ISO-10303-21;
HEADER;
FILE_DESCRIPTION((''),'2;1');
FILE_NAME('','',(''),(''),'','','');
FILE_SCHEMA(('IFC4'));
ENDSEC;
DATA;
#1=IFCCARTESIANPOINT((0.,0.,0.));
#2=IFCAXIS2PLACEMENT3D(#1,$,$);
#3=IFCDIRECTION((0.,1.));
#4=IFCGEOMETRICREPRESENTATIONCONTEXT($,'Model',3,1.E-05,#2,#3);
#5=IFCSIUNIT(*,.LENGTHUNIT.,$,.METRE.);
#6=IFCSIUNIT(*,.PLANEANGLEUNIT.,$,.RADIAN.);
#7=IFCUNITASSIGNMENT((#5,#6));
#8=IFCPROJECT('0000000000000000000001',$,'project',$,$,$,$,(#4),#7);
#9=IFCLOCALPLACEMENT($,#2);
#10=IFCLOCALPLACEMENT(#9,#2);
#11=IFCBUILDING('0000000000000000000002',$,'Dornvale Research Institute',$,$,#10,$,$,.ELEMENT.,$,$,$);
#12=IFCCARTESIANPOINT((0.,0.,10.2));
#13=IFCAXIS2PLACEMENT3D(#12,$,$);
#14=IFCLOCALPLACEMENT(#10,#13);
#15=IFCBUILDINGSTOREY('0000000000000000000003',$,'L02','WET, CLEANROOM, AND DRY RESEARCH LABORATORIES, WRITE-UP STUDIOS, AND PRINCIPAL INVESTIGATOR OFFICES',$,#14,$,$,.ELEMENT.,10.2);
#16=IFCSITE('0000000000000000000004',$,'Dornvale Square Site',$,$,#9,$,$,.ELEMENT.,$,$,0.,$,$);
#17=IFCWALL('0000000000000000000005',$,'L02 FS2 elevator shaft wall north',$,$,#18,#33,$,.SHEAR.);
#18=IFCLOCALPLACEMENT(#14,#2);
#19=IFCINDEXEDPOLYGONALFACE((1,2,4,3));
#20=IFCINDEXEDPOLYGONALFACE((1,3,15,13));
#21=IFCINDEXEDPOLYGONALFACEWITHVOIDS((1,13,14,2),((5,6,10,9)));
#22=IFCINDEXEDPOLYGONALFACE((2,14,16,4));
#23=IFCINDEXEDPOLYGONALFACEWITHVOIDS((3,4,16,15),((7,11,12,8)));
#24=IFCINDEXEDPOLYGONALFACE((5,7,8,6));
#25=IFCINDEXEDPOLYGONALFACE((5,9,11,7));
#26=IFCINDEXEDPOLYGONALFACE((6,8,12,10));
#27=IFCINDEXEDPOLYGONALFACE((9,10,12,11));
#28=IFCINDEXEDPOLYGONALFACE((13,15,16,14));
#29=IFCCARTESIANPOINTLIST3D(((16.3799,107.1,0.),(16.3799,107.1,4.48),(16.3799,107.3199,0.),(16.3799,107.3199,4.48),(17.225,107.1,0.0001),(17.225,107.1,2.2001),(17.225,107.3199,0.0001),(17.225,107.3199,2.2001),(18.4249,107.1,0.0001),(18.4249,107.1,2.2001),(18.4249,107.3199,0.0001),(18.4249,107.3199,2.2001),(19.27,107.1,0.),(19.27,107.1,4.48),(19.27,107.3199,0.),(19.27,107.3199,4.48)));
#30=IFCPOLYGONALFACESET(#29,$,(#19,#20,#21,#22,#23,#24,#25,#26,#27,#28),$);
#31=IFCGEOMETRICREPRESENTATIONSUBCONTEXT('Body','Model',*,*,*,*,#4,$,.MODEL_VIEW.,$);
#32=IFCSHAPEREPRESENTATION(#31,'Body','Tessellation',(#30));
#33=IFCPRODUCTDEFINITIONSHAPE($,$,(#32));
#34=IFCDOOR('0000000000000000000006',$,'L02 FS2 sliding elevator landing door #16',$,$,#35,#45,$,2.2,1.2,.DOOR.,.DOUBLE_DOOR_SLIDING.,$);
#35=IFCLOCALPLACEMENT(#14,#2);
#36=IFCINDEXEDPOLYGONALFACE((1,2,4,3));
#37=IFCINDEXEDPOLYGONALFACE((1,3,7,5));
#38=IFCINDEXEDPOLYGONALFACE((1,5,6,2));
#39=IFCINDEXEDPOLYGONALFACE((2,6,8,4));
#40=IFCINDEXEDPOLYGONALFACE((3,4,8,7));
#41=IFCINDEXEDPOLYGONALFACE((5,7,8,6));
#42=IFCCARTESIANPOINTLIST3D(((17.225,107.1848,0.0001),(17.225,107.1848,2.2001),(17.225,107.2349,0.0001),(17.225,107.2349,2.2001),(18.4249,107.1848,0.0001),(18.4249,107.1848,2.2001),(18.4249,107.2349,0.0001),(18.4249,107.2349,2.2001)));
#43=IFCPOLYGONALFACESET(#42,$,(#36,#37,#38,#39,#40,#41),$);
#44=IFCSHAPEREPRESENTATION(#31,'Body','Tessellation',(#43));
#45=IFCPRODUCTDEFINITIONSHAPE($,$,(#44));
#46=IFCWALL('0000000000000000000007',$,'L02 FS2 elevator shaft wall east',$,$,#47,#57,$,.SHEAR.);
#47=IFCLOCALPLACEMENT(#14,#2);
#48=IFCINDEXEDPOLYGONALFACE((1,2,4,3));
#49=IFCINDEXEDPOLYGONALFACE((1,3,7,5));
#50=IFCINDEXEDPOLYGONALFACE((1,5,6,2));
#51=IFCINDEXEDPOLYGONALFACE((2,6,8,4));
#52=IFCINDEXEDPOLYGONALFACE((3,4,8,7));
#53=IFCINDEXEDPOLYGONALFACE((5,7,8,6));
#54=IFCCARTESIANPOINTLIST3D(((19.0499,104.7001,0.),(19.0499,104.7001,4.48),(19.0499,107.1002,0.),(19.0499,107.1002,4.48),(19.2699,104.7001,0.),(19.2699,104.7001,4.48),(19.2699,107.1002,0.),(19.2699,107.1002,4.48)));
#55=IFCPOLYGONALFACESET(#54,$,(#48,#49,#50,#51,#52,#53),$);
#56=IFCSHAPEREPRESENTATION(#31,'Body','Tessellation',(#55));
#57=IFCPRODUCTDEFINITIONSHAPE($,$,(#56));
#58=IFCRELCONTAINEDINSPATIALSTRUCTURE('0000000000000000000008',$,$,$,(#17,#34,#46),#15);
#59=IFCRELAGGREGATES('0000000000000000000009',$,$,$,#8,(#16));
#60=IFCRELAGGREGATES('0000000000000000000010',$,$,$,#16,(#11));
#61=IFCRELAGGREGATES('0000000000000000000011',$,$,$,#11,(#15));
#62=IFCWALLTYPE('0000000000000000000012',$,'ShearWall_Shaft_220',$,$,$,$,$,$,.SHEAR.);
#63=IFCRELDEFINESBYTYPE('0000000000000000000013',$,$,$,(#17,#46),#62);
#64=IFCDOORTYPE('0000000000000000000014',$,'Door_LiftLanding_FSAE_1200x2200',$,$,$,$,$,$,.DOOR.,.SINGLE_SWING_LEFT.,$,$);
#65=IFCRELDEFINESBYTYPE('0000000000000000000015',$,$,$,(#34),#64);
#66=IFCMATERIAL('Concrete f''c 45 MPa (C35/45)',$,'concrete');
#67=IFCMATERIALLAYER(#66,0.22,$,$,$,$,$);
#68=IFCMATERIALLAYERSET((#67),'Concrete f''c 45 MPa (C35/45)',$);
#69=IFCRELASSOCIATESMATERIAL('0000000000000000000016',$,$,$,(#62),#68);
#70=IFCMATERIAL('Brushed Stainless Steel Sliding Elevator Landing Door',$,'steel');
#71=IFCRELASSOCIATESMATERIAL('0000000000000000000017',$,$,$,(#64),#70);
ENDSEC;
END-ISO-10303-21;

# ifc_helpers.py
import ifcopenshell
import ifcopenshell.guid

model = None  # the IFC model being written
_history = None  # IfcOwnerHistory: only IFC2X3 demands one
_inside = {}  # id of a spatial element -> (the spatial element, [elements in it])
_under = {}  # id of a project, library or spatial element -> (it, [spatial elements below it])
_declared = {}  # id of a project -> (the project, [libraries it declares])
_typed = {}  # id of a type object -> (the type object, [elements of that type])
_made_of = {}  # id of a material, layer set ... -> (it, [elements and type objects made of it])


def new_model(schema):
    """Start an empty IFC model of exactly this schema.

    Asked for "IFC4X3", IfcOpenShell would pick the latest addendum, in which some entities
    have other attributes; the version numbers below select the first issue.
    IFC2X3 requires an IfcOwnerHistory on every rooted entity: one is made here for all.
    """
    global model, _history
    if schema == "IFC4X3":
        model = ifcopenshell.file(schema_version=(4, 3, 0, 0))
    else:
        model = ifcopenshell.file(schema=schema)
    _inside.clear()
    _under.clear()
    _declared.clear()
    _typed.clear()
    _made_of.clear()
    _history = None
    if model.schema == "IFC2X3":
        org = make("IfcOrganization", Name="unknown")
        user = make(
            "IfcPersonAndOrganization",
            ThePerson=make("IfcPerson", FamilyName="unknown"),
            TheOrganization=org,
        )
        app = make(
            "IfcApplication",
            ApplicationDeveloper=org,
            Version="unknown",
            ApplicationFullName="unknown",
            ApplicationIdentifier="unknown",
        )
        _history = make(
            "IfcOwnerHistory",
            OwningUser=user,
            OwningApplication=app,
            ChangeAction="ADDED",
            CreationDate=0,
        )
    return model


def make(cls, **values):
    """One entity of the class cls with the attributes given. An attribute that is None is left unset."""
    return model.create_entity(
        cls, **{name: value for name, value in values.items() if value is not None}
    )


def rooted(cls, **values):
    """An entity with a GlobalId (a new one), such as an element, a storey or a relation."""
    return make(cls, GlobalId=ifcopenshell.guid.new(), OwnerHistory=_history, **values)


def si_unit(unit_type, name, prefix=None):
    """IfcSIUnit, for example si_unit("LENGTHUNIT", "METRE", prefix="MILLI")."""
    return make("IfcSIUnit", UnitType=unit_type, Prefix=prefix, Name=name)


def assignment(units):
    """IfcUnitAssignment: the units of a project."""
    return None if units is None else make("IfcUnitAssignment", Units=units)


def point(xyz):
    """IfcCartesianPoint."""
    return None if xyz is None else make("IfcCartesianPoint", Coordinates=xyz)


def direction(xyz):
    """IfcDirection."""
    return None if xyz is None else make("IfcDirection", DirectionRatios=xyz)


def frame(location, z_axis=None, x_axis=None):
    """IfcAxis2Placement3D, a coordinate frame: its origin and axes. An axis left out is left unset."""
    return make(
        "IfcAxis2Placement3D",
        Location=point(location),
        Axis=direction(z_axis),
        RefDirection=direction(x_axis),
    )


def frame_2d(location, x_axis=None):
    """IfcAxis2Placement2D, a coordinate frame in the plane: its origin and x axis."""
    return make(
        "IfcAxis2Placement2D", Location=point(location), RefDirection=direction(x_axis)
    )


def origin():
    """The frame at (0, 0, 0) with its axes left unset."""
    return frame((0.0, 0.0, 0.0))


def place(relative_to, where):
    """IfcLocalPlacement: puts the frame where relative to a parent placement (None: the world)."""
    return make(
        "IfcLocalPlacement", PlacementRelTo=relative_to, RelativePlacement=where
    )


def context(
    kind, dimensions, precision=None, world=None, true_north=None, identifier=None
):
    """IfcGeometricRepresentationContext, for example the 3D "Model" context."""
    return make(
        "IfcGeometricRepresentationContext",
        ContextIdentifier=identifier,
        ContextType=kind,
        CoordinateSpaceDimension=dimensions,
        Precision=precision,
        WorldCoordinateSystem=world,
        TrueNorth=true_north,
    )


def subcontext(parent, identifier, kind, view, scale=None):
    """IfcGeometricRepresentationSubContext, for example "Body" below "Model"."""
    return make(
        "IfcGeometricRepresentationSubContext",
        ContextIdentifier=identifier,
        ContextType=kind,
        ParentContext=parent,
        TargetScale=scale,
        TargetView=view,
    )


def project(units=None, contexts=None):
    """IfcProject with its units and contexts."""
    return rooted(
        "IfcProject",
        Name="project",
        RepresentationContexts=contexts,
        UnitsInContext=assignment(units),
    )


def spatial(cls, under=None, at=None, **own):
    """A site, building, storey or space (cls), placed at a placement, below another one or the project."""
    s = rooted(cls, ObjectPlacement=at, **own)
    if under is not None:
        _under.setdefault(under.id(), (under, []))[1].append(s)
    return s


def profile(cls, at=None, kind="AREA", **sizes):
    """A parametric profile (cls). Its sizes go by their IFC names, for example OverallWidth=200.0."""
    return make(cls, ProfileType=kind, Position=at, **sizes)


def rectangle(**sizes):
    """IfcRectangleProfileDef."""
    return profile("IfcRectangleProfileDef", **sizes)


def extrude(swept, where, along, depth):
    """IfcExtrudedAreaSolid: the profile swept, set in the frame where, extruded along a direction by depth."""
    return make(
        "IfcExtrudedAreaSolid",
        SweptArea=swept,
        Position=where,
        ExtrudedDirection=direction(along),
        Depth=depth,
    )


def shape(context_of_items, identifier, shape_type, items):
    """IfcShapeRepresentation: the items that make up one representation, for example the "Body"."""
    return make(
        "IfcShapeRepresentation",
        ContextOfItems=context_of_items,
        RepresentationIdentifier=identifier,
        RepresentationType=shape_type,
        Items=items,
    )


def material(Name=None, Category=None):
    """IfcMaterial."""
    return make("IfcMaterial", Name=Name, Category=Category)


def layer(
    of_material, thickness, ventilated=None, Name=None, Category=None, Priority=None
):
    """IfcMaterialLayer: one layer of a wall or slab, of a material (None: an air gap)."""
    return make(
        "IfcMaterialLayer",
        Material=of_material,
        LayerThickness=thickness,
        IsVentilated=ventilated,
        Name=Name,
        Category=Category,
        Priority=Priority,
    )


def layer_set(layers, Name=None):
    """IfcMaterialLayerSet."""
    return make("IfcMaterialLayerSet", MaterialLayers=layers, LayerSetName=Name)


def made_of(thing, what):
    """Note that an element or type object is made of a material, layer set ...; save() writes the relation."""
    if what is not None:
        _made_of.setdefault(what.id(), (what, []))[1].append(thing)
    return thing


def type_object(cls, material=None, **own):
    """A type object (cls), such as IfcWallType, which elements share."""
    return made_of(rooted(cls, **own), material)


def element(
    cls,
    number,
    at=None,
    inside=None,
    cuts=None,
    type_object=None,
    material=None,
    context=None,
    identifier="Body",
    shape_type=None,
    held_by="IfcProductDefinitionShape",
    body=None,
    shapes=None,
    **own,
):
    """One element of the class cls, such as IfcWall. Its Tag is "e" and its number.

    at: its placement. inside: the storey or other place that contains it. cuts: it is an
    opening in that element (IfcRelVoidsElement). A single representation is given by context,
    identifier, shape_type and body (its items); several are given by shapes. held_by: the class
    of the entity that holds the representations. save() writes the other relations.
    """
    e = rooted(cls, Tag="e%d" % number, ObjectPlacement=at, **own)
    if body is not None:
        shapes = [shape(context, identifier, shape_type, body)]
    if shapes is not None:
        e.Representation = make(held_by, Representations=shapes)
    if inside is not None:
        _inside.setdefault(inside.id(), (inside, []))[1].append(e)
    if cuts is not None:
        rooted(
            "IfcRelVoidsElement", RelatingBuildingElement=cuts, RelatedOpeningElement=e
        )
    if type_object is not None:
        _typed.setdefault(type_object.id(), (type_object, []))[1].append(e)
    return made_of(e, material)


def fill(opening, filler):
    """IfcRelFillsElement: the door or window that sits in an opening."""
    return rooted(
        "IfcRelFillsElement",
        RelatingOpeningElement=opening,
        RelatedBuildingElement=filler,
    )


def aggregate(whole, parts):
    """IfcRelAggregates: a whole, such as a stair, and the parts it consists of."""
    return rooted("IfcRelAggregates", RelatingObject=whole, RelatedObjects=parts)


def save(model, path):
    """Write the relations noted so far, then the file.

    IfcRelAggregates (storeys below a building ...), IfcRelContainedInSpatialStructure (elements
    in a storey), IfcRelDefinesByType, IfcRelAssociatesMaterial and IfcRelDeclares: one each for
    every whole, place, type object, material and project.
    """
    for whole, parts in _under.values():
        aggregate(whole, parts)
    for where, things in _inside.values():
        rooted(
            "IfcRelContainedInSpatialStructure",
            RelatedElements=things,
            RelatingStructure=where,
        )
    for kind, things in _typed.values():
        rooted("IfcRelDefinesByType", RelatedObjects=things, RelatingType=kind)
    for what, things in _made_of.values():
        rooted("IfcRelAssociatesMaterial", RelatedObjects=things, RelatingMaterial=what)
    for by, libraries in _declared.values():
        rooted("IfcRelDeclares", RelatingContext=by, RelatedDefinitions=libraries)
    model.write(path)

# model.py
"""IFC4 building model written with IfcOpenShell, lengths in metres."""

from ifc_helpers import new_model, si_unit, direction, frame, frame_2d, origin, place, context, subcontext, project, spatial, rectangle, extrude, material, layer, layer_set, type_object, element, fill, save


model = new_model("IFC4")

# Units and contexts
model_context = context("Model", 3, precision=1e-05, world=origin(), true_north=direction((0.0, 1.0)))
body_context = subcontext(model_context, "Body", "Model", "MODEL_VIEW")
ifc_project = project(units=[si_unit("LENGTHUNIT", "METRE"), si_unit("PLANEANGLEUNIT", "RADIAN")], contexts=[model_context])

# Site, building, storey
site_placement = place(None, origin())
site = spatial("IfcSite", under=ifc_project, at=site_placement, Name="Dornvale Square Site", CompositionType="ELEMENT", RefElevation=0.0)
building_placement = place(site_placement, origin())
building = spatial("IfcBuilding", under=site, at=building_placement, Name="Dornvale Research Institute", CompositionType="ELEMENT")
storey_placement = place(building_placement, frame((0.0, 0.0, 10.2)))
storey = spatial("IfcBuildingStorey", under=building, at=storey_placement, Name="L02", Description="WET, CLEANROOM, AND DRY RESEARCH LABORATORIES, WRITE-UP STUDIOS, AND PRINCIPAL INVESTIGATOR OFFICES", CompositionType="ELEMENT", Elevation=10.2)

# Shared definitions
ifc_material_1 = material(Name="Concrete f'c 45 MPa (C35/45)", Category="concrete")
ifc_layer_1 = layer(ifc_material_1, 0.22)
ifc_layer_set_1 = layer_set([ifc_layer_1], Name="Concrete f'c 45 MPa (C35/45)")
wall_type_1 = type_object("IfcWallType", Name="ShearWall_Shaft_220", PredefinedType="SHEAR", material=ifc_layer_set_1)

# Shared definitions
ifc_material_2 = material(Name="Brushed Stainless Steel Sliding Elevator Landing Door", Category="steel")
door_type_1 = type_object("IfcDoorType", Name="Door_LiftLanding_FSAE_1200x2200", OperationType="SINGLE_SWING_LEFT", PredefinedType="DOOR", material=ifc_material_2)

# Wall, opening, door
wall_1_placement = place(storey_placement, frame((16.3799, 107.21, 0.0), z_axis=(0.0, 0.0, 1.0), x_axis=(1.0, 0.0, 0.0)))
wall_1 = element("IfcWall", 1, at=wall_1_placement, inside=storey, type_object=wall_type_1, Name="L02 FS2 elevator shaft wall north", PredefinedType="SHEAR", context=body_context, shape_type="SweptSolid", body=[
    extrude(rectangle(XDim=2.8901, YDim=0.22, at=frame_2d((1.4451, 0.0))), origin(), (0.0, 0.0, 1.0), 4.48),
])
opening_1_placement = place(wall_1_placement, frame((0.845, 0.0, 0.0)))
opening_1 = element("IfcOpeningElement", 2, at=opening_1_placement, cuts=wall_1, PredefinedType="OPENING", context=body_context, shape_type="SweptSolid", body=[
    extrude(rectangle(XDim=1.2, YDim=2.2, at=frame_2d((0.6001, 1.1001))), frame((0.0, 0.125, 0.0), z_axis=(0.0, -1.0, 0.0), x_axis=(1.0, 0.0, 0.0)), (0.0, 0.0, 1.0), 0.25),
])
door_1_placement = place(opening_1_placement, origin())
door_1 = element("IfcDoor", 3, at=door_1_placement, inside=storey, type_object=door_type_1, Name="L02 FS2 sliding elevator landing door #16", OperationType="DOUBLE_DOOR_SLIDING", OverallHeight=2.2, OverallWidth=1.2, PredefinedType="DOOR", context=body_context, shape_type="SweptSolid", body=[
    extrude(rectangle(XDim=1.2, YDim=2.2, at=frame_2d((0.6001, 1.1001))), frame((0.0, 0.0249, 0.0), z_axis=(0.0, -1.0, 0.0), x_axis=(1.0, 0.0, 0.0)), (0.0, 0.0, 1.0), 0.05),
])
fill(opening_1, door_1)

# Wall
wall_2_placement = place(storey_placement, frame((19.1599, 104.7, 0.0), z_axis=(0.0, 0.0, 1.0), x_axis=(0.0, 1.0, 0.0)))
element("IfcWall", 4, at=wall_2_placement, inside=storey, type_object=wall_type_1, Name="L02 FS2 elevator shaft wall east", PredefinedType="SHEAR", context=body_context, shape_type="SweptSolid", body=[
    extrude(rectangle(XDim=2.4001, YDim=0.22, at=frame_2d((1.2002, 0.0))), origin(), (0.0, 0.0, 1.0), 4.48),
])

save(model, "model.ifc")
